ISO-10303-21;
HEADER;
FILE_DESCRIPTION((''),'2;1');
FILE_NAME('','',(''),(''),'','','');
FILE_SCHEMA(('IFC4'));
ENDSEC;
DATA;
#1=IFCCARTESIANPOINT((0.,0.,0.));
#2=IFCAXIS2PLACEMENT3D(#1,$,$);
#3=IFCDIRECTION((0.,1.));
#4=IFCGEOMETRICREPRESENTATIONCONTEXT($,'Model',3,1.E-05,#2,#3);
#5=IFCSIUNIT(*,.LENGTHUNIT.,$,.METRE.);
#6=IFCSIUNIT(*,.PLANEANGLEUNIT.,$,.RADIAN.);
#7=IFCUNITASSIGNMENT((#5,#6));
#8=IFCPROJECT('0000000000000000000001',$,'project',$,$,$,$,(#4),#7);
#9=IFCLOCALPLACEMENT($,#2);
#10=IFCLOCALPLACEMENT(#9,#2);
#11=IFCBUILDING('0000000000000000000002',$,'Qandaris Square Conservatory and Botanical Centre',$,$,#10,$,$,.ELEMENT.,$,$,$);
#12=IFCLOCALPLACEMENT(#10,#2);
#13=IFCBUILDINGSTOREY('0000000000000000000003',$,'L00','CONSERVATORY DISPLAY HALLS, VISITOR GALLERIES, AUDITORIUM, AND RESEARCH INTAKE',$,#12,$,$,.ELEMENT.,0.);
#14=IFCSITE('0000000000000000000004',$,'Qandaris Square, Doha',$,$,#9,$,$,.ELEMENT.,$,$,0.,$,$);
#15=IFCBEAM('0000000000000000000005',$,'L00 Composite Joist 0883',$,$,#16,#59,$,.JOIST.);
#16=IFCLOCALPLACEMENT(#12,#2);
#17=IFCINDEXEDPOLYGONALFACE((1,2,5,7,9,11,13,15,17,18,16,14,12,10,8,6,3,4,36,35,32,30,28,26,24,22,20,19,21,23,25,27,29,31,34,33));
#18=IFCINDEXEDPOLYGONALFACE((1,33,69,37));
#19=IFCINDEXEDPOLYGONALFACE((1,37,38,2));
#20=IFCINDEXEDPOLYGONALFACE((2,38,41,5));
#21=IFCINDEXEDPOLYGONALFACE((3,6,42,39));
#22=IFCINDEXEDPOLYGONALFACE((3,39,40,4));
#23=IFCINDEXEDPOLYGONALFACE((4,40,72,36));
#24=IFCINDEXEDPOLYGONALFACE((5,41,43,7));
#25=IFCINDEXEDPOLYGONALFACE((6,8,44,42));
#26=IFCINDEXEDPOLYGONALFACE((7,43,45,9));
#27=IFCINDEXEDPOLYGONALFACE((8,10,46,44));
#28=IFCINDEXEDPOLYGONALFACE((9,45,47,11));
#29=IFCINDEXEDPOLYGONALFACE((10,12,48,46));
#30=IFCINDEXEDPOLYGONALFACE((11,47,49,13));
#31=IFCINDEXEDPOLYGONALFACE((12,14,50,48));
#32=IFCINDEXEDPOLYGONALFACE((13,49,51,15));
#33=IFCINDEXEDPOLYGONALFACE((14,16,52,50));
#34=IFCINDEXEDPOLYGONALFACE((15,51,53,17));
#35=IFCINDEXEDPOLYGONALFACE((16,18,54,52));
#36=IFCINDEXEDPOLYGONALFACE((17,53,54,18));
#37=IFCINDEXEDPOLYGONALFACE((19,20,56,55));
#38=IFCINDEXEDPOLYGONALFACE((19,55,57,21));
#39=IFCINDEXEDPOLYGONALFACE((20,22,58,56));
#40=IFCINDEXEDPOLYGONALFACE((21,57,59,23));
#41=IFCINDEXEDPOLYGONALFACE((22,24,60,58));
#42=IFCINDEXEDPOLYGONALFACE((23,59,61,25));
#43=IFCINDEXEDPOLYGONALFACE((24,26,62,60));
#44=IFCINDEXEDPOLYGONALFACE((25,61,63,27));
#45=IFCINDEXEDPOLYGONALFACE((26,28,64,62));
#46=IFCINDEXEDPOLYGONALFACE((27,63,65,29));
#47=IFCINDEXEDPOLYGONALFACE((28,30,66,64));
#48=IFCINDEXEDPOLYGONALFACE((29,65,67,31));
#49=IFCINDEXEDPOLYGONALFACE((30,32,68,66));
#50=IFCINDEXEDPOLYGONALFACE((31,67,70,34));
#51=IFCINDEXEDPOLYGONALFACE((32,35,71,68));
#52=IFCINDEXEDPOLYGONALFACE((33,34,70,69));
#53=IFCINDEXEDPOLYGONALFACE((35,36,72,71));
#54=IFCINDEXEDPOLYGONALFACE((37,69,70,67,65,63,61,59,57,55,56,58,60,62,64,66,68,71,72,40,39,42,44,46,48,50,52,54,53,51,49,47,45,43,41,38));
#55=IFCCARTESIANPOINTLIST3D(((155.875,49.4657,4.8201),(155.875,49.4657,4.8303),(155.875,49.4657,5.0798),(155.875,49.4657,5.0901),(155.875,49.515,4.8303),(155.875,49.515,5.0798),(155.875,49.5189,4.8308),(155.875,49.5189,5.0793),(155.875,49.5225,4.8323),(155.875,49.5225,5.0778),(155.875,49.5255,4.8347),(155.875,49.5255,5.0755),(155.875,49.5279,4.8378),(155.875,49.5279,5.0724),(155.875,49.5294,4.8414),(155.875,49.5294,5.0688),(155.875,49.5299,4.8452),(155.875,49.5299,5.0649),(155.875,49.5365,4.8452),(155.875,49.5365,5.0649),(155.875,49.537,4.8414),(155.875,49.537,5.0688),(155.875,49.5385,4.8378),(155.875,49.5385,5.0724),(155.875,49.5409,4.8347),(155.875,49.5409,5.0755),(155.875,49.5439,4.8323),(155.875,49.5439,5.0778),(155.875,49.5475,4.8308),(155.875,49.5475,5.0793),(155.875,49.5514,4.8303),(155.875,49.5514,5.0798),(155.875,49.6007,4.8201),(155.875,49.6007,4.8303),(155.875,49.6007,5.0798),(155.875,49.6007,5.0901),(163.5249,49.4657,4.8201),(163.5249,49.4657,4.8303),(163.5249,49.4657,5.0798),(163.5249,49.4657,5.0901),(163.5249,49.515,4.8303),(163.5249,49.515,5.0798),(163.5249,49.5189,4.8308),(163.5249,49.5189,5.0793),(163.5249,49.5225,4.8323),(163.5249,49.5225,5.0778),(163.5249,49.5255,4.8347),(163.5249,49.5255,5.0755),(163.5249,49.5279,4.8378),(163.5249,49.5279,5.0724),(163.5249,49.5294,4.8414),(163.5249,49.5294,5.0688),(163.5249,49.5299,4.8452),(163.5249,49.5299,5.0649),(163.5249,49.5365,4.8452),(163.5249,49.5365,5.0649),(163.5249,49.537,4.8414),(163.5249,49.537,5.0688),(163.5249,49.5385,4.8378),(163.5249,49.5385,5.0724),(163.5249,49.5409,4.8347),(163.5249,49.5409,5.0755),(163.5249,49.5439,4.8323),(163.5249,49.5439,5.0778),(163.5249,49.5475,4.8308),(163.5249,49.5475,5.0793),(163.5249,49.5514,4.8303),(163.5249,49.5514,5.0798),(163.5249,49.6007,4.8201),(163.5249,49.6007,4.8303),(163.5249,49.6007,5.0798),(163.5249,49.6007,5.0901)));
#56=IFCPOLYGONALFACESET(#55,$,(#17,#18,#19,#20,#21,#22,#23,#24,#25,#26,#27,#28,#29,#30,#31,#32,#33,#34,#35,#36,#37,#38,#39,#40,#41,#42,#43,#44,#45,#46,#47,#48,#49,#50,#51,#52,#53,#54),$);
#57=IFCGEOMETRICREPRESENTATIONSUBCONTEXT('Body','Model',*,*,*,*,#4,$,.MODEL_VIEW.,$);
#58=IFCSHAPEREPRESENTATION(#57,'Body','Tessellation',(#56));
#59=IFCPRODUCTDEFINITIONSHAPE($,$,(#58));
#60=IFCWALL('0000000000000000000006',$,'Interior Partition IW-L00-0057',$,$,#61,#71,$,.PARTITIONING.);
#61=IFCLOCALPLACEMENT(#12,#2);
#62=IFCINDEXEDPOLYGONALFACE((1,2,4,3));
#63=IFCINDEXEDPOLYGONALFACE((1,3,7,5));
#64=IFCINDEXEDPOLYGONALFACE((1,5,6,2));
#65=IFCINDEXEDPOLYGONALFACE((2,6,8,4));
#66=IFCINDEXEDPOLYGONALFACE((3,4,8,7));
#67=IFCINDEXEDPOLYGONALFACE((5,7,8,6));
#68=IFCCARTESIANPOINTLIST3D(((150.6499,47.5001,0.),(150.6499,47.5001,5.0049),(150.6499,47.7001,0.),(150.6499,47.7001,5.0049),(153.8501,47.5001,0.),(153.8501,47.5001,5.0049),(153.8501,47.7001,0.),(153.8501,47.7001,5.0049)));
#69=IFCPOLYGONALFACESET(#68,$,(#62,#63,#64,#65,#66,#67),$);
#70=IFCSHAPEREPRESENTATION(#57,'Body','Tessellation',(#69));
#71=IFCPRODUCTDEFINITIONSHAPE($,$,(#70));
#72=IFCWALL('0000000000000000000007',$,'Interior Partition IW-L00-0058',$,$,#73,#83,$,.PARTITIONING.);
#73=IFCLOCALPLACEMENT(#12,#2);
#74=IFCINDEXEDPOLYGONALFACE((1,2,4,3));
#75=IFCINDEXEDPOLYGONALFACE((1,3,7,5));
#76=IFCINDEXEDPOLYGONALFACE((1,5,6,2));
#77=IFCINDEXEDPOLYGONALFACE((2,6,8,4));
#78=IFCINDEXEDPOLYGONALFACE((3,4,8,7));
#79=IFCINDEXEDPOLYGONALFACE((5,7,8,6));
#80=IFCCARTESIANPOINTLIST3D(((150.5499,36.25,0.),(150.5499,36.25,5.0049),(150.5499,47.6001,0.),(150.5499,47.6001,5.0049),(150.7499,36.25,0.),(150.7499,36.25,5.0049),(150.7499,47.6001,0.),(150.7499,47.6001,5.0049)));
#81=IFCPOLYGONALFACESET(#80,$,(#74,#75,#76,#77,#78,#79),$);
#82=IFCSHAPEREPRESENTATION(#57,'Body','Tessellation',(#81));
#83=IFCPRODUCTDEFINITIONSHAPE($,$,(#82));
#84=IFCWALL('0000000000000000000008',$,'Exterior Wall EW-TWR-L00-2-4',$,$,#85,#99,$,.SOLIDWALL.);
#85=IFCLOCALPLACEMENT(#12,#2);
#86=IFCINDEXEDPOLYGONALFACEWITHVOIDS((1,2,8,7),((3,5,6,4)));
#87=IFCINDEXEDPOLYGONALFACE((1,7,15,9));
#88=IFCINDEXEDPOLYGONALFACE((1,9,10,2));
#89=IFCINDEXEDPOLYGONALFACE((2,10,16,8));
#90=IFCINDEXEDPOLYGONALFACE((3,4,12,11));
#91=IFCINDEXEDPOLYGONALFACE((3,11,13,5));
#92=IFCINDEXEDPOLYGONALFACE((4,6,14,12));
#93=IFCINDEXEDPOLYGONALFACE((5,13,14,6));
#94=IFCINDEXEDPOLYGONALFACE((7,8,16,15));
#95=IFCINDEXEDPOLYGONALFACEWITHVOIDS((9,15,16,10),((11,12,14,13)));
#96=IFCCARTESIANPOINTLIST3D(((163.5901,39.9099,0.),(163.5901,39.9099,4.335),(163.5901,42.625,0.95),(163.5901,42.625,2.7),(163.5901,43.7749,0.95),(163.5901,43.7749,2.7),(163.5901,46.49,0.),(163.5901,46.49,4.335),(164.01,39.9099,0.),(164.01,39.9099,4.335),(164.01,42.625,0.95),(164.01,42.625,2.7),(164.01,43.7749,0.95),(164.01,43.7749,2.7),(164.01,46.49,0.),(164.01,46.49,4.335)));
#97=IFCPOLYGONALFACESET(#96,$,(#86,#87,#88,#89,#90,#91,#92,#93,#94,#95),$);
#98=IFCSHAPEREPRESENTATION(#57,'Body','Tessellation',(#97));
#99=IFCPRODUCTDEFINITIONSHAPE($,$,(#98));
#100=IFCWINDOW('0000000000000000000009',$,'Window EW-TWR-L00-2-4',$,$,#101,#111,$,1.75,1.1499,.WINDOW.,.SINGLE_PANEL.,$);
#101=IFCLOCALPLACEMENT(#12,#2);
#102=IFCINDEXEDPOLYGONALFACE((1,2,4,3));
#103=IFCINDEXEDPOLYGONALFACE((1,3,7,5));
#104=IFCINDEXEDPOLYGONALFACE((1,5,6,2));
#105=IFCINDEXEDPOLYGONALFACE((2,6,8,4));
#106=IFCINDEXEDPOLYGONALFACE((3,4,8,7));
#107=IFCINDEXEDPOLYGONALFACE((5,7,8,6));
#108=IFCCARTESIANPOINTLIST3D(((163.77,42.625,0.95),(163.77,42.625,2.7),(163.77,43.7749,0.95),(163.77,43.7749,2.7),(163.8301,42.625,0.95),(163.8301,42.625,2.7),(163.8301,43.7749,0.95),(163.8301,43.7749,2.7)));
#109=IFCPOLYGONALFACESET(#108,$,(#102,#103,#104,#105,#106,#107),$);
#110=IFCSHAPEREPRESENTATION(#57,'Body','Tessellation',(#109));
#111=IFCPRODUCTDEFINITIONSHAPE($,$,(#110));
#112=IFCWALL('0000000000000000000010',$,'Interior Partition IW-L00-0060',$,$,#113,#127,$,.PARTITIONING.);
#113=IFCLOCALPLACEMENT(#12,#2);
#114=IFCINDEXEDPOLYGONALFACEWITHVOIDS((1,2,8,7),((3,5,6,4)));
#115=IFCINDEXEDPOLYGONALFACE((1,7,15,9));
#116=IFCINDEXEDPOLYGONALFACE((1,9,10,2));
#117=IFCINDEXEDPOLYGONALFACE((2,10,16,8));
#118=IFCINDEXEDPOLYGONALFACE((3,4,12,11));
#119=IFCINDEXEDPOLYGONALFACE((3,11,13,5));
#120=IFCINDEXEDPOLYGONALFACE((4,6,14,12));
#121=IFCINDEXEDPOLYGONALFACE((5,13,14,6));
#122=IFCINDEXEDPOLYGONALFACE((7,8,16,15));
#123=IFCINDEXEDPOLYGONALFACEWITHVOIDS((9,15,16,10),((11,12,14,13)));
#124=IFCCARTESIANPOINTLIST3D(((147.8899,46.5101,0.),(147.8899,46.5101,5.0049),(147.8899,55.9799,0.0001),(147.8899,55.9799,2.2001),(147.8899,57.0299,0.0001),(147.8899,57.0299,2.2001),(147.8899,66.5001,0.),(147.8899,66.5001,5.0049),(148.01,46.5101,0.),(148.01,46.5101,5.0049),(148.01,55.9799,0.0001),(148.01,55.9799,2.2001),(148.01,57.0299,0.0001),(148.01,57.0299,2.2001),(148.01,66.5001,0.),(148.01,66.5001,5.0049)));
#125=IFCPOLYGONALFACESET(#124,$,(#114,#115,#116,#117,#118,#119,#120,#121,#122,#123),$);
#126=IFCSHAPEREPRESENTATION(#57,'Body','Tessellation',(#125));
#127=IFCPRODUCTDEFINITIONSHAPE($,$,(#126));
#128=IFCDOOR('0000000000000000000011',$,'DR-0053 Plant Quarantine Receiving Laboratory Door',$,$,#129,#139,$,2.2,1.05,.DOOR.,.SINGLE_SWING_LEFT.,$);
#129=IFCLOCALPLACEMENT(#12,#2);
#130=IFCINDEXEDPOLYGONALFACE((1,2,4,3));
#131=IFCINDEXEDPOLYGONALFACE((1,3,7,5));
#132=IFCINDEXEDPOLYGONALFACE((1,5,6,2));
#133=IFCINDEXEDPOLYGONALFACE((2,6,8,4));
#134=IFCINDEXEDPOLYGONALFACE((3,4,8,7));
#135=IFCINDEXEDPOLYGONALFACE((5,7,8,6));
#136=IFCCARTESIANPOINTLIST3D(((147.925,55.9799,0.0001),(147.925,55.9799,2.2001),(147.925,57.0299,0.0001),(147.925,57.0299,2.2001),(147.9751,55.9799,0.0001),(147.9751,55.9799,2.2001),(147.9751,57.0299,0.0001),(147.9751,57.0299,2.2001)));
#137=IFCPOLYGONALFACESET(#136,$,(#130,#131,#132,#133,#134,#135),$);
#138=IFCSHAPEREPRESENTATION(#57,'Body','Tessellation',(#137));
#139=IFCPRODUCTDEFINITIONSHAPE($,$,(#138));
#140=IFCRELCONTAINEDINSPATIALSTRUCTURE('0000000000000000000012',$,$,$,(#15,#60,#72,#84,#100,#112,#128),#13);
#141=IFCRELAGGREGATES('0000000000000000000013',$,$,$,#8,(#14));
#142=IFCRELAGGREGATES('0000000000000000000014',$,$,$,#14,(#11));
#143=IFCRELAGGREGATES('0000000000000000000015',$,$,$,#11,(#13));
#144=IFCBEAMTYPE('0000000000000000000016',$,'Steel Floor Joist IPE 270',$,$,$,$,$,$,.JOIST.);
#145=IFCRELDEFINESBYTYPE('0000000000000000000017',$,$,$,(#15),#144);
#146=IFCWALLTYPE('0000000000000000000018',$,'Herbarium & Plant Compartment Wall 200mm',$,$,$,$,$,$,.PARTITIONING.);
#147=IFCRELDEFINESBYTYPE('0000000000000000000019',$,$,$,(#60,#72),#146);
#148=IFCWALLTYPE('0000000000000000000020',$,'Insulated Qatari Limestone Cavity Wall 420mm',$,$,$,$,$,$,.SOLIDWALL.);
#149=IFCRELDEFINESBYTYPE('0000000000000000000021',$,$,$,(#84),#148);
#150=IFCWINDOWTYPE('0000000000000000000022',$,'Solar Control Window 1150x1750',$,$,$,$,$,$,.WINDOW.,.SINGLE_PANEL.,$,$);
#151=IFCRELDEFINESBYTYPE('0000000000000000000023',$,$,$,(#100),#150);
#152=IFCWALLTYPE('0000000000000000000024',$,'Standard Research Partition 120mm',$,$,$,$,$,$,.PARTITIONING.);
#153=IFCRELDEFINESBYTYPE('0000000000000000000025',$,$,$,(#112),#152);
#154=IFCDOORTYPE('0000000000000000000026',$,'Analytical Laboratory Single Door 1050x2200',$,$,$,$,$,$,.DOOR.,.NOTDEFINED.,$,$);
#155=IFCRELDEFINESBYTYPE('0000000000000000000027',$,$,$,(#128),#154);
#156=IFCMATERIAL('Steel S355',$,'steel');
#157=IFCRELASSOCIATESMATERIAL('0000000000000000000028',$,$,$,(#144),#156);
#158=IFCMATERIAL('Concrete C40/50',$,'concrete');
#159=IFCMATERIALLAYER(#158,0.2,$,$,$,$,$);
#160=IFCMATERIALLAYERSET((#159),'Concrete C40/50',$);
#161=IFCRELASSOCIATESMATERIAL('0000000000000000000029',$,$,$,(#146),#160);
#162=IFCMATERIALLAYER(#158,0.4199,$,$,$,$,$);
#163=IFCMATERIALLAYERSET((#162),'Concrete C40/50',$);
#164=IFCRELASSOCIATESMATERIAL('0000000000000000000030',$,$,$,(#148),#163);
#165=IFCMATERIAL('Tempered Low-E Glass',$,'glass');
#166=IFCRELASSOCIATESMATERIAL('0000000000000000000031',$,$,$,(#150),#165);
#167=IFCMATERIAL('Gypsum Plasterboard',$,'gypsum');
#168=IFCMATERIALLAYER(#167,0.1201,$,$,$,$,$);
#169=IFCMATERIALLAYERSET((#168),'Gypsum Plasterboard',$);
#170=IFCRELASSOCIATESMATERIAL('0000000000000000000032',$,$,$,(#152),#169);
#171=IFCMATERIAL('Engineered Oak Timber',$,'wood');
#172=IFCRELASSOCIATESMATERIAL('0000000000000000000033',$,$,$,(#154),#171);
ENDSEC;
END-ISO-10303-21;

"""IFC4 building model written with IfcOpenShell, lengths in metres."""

from ifc_helpers import new_model, si_unit, direction, frame, frame_2d, origin, origin_2d, place, context, subcontext, project, spatial, rectangle, i_section, extrude, material, layer, layer_set, material_profile, profile_set, type_object, element, fill, save


model = new_model("IFC4")

# Units and contexts
model_context = context("Model", 3, precision=1e-05, world=origin(), true_north=direction((0.0, 1.0)))
body_context = subcontext(model_context, "Body", "Model", "MODEL_VIEW")
ifc_project = project(units=[si_unit("LENGTHUNIT", "METRE"), si_unit("PLANEANGLEUNIT", "RADIAN")], contexts=[model_context])

# Site, building, storey
site_placement = place(None, origin())
site = spatial("IfcSite", under=ifc_project, at=site_placement, Name="Qandaris Square, Doha", CompositionType="ELEMENT", RefElevation=0.0)
building_placement = place(site_placement, origin())
building = spatial("IfcBuilding", under=site, at=building_placement, Name="Qandaris Square Conservatory and Botanical Centre", CompositionType="ELEMENT")
storey_placement = place(building_placement, origin())
storey = spatial("IfcBuildingStorey", under=building, at=storey_placement, Name="L00", Description="CONSERVATORY DISPLAY HALLS, VISITOR GALLERIES, AUDITORIUM, AND RESEARCH INTAKE", CompositionType="ELEMENT", Elevation=0.0)

# Beam
ifc_material_1 = material(Name="Steel S355", Category="steel")
ifc_material_profile_1 = material_profile(ifc_material_1, i_section(OverallWidth=0.135, OverallDepth=0.27, WebThickness=0.0066, FlangeThickness=0.0103, FilletRadius=0.0149, at=origin_2d()), Name="IPE 270")
ifc_profile_set_1 = profile_set([ifc_material_profile_1], Name="Steel S355")
beam_type_1 = type_object("IfcBeamType", Name="Steel Floor Joist IPE 270", PredefinedType="JOIST", material=ifc_profile_set_1)
for number, where, z_axis, x_axis, name in (
    (1, (155.875, 49.5332, 4.9551), (1.0, 0.0, 0.0), (0.0, 1.0, 0.0), "L00 Composite Joist 0883"),
):
    element("IfcBeam", number, at=place(storey_placement, frame(where, z_axis=z_axis, x_axis=x_axis)), inside=storey, type_object=beam_type_1, Name=name, PredefinedType="JOIST", context=body_context, shape_type="SweptSolid", body=[
        extrude(i_section(OverallWidth=0.135, OverallDepth=0.27, WebThickness=0.0066, FlangeThickness=0.0103, FilletRadius=0.0149, at=origin_2d()), origin(), (0.0, 0.0, 1.0), 7.6499),
    ])

# Walls
ifc_material_2 = material(Name="Concrete C40/50", Category="concrete")
ifc_layer_1 = layer(ifc_material_2, 0.2)
ifc_layer_set_1 = layer_set([ifc_layer_1], Name="Concrete C40/50")
wall_type_1 = type_object("IfcWallType", Name="Herbarium & Plant Compartment Wall 200mm", PredefinedType="PARTITIONING", material=ifc_layer_set_1)
wall_1_placement = place(storey_placement, frame((153.8501, 47.6001, 0.0), z_axis=(0.0, 0.0, 1.0), x_axis=(-1.0, 0.0, 0.0)))
element("IfcWall", 2, at=wall_1_placement, inside=storey, type_object=wall_type_1, Name="Interior Partition IW-L00-0057", PredefinedType="PARTITIONING", context=body_context, shape_type="SweptSolid", body=[
    extrude(rectangle(XDim=3.2002, YDim=0.2, at=frame_2d((1.6001, 0.0))), origin(), (0.0, 0.0, 1.0), 5.0049),
])
wall_2_placement = place(storey_placement, frame((150.6499, 47.6001, 0.0), z_axis=(0.0, 0.0, 1.0), x_axis=(0.0, -1.0, 0.0)))
element("IfcWall", 3, at=wall_2_placement, inside=storey, type_object=wall_type_1, Name="Interior Partition IW-L00-0058", PredefinedType="PARTITIONING", context=body_context, shape_type="SweptSolid", body=[
    extrude(rectangle(XDim=11.3501, YDim=0.2, at=frame_2d((5.675, 0.0))), origin(), (0.0, 0.0, 1.0), 5.0049),
])

# Wall, opening, window
ifc_layer_2 = layer(ifc_material_2, 0.4199)
ifc_layer_set_2 = layer_set([ifc_layer_2], Name="Concrete C40/50")
wall_type_2 = type_object("IfcWallType", Name="Insulated Qatari Limestone Cavity Wall 420mm", PredefinedType="SOLIDWALL", material=ifc_layer_set_2)
wall_3_placement = place(storey_placement, frame((163.8, 39.9099, 0.0), z_axis=(0.0, 0.0, 1.0), x_axis=(0.0, 1.0, 0.0)))
wall_3 = element("IfcWall", 4, at=wall_3_placement, inside=storey, type_object=wall_type_2, Name="Exterior Wall EW-TWR-L00-2-4", PredefinedType="SOLIDWALL", context=body_context, shape_type="SweptSolid", body=[
    extrude(rectangle(XDim=6.5801, YDim=0.4199, at=frame_2d((3.29, 0.0))), origin(), (0.0, 0.0, 1.0), 4.335),
])
opening_1_placement = place(wall_3_placement, frame((2.7151, 0.0, 0.95)))
opening_1 = element("IfcOpeningElement", 5, at=opening_1_placement, cuts=wall_3, PredefinedType="OPENING", context=body_context, shape_type="SweptSolid", body=[
    extrude(rectangle(XDim=1.1499, YDim=1.75, at=frame_2d((0.575, 0.875))), frame((0.0, 0.2219, 0.0), z_axis=(0.0, -1.0, 0.0), x_axis=(1.0, 0.0, 0.0)), (0.0, 0.0, 1.0), 0.4438),
])
ifc_material_3 = material(Name="Tempered Low-E Glass", Category="glass")
window_type = type_object("IfcWindowType", Name="Solar Control Window 1150x1750", PartitioningType="SINGLE_PANEL", PredefinedType="WINDOW", material=ifc_material_3)
window_placement = place(opening_1_placement, origin())
window = element("IfcWindow", 6, at=window_placement, inside=storey, type_object=window_type, Name="Window EW-TWR-L00-2-4", OverallHeight=1.75, OverallWidth=1.1499, PartitioningType="SINGLE_PANEL", PredefinedType="WINDOW", context=body_context, shape_type="SweptSolid", body=[
    extrude(rectangle(XDim=1.1499, YDim=1.75, at=frame_2d((0.575, 0.875))), frame((0.0, 0.03, 0.0), z_axis=(0.0, -1.0, 0.0), x_axis=(1.0, 0.0, 0.0)), (0.0, 0.0, 1.0), 0.0601),
])
fill(opening_1, window)

# Wall, opening, door
ifc_material_4 = material(Name="Gypsum Plasterboard", Category="gypsum")
ifc_layer_3 = layer(ifc_material_4, 0.1201)
ifc_layer_set_3 = layer_set([ifc_layer_3], Name="Gypsum Plasterboard")
wall_type_3 = type_object("IfcWallType", Name="Standard Research Partition 120mm", PredefinedType="PARTITIONING", material=ifc_layer_set_3)
ifc_material_5 = material(Name="Engineered Oak Timber", Category="wood")
wall_4_placement = place(storey_placement, frame((147.95, 46.51, 0.0), z_axis=(0.0, 0.0, 1.0), x_axis=(0.0, 1.0, 0.0)))
wall_4 = element("IfcWall", 7, at=wall_4_placement, inside=storey, type_object=wall_type_3, Name="Interior Partition IW-L00-0060", PredefinedType="PARTITIONING", context=body_context, shape_type="SweptSolid", body=[
    extrude(rectangle(XDim=19.99, YDim=0.1201, at=frame_2d((9.9951, 0.0))), origin(), (0.0, 0.0, 1.0), 5.0049),
])
opening_2_placement = place(wall_4_placement, frame((9.47, 0.0, 0.0)))
opening_2 = element("IfcOpeningElement", 8, at=opening_2_placement, cuts=wall_4, PredefinedType="OPENING", context=body_context, shape_type="SweptSolid", body=[
    extrude(rectangle(XDim=1.05, YDim=2.2, at=frame_2d((0.5249, 1.1001))), frame((0.0, 0.072, 0.0), z_axis=(0.0, -1.0, 0.0), x_axis=(1.0, 0.0, 0.0)), (0.0, 0.0, 1.0), 0.144),
])
door_type_1 = type_object("IfcDoorType", Name="Analytical Laboratory Single Door 1050x2200", OperationType="NOTDEFINED", PredefinedType="DOOR", material=ifc_material_5)
door_1_placement = place(opening_2_placement, origin())
door_1 = element("IfcDoor", 9, at=door_1_placement, inside=storey, type_object=door_type_1, Name="DR-0053 Plant Quarantine Receiving Laboratory Door", OperationType="SINGLE_SWING_LEFT", OverallHeight=2.2, OverallWidth=1.05, PredefinedType="DOOR", context=body_context, shape_type="SweptSolid", body=[
    extrude(rectangle(XDim=1.05, YDim=2.2, at=frame_2d((0.5249, 1.1001))), frame((0.0, 0.0249, 0.0), z_axis=(0.0, -1.0, 0.0), x_axis=(1.0, 0.0, 0.0)), (0.0, 0.0, 1.0), 0.05),
])
fill(opening_2, door_1)

save(model, "model.ifc")
